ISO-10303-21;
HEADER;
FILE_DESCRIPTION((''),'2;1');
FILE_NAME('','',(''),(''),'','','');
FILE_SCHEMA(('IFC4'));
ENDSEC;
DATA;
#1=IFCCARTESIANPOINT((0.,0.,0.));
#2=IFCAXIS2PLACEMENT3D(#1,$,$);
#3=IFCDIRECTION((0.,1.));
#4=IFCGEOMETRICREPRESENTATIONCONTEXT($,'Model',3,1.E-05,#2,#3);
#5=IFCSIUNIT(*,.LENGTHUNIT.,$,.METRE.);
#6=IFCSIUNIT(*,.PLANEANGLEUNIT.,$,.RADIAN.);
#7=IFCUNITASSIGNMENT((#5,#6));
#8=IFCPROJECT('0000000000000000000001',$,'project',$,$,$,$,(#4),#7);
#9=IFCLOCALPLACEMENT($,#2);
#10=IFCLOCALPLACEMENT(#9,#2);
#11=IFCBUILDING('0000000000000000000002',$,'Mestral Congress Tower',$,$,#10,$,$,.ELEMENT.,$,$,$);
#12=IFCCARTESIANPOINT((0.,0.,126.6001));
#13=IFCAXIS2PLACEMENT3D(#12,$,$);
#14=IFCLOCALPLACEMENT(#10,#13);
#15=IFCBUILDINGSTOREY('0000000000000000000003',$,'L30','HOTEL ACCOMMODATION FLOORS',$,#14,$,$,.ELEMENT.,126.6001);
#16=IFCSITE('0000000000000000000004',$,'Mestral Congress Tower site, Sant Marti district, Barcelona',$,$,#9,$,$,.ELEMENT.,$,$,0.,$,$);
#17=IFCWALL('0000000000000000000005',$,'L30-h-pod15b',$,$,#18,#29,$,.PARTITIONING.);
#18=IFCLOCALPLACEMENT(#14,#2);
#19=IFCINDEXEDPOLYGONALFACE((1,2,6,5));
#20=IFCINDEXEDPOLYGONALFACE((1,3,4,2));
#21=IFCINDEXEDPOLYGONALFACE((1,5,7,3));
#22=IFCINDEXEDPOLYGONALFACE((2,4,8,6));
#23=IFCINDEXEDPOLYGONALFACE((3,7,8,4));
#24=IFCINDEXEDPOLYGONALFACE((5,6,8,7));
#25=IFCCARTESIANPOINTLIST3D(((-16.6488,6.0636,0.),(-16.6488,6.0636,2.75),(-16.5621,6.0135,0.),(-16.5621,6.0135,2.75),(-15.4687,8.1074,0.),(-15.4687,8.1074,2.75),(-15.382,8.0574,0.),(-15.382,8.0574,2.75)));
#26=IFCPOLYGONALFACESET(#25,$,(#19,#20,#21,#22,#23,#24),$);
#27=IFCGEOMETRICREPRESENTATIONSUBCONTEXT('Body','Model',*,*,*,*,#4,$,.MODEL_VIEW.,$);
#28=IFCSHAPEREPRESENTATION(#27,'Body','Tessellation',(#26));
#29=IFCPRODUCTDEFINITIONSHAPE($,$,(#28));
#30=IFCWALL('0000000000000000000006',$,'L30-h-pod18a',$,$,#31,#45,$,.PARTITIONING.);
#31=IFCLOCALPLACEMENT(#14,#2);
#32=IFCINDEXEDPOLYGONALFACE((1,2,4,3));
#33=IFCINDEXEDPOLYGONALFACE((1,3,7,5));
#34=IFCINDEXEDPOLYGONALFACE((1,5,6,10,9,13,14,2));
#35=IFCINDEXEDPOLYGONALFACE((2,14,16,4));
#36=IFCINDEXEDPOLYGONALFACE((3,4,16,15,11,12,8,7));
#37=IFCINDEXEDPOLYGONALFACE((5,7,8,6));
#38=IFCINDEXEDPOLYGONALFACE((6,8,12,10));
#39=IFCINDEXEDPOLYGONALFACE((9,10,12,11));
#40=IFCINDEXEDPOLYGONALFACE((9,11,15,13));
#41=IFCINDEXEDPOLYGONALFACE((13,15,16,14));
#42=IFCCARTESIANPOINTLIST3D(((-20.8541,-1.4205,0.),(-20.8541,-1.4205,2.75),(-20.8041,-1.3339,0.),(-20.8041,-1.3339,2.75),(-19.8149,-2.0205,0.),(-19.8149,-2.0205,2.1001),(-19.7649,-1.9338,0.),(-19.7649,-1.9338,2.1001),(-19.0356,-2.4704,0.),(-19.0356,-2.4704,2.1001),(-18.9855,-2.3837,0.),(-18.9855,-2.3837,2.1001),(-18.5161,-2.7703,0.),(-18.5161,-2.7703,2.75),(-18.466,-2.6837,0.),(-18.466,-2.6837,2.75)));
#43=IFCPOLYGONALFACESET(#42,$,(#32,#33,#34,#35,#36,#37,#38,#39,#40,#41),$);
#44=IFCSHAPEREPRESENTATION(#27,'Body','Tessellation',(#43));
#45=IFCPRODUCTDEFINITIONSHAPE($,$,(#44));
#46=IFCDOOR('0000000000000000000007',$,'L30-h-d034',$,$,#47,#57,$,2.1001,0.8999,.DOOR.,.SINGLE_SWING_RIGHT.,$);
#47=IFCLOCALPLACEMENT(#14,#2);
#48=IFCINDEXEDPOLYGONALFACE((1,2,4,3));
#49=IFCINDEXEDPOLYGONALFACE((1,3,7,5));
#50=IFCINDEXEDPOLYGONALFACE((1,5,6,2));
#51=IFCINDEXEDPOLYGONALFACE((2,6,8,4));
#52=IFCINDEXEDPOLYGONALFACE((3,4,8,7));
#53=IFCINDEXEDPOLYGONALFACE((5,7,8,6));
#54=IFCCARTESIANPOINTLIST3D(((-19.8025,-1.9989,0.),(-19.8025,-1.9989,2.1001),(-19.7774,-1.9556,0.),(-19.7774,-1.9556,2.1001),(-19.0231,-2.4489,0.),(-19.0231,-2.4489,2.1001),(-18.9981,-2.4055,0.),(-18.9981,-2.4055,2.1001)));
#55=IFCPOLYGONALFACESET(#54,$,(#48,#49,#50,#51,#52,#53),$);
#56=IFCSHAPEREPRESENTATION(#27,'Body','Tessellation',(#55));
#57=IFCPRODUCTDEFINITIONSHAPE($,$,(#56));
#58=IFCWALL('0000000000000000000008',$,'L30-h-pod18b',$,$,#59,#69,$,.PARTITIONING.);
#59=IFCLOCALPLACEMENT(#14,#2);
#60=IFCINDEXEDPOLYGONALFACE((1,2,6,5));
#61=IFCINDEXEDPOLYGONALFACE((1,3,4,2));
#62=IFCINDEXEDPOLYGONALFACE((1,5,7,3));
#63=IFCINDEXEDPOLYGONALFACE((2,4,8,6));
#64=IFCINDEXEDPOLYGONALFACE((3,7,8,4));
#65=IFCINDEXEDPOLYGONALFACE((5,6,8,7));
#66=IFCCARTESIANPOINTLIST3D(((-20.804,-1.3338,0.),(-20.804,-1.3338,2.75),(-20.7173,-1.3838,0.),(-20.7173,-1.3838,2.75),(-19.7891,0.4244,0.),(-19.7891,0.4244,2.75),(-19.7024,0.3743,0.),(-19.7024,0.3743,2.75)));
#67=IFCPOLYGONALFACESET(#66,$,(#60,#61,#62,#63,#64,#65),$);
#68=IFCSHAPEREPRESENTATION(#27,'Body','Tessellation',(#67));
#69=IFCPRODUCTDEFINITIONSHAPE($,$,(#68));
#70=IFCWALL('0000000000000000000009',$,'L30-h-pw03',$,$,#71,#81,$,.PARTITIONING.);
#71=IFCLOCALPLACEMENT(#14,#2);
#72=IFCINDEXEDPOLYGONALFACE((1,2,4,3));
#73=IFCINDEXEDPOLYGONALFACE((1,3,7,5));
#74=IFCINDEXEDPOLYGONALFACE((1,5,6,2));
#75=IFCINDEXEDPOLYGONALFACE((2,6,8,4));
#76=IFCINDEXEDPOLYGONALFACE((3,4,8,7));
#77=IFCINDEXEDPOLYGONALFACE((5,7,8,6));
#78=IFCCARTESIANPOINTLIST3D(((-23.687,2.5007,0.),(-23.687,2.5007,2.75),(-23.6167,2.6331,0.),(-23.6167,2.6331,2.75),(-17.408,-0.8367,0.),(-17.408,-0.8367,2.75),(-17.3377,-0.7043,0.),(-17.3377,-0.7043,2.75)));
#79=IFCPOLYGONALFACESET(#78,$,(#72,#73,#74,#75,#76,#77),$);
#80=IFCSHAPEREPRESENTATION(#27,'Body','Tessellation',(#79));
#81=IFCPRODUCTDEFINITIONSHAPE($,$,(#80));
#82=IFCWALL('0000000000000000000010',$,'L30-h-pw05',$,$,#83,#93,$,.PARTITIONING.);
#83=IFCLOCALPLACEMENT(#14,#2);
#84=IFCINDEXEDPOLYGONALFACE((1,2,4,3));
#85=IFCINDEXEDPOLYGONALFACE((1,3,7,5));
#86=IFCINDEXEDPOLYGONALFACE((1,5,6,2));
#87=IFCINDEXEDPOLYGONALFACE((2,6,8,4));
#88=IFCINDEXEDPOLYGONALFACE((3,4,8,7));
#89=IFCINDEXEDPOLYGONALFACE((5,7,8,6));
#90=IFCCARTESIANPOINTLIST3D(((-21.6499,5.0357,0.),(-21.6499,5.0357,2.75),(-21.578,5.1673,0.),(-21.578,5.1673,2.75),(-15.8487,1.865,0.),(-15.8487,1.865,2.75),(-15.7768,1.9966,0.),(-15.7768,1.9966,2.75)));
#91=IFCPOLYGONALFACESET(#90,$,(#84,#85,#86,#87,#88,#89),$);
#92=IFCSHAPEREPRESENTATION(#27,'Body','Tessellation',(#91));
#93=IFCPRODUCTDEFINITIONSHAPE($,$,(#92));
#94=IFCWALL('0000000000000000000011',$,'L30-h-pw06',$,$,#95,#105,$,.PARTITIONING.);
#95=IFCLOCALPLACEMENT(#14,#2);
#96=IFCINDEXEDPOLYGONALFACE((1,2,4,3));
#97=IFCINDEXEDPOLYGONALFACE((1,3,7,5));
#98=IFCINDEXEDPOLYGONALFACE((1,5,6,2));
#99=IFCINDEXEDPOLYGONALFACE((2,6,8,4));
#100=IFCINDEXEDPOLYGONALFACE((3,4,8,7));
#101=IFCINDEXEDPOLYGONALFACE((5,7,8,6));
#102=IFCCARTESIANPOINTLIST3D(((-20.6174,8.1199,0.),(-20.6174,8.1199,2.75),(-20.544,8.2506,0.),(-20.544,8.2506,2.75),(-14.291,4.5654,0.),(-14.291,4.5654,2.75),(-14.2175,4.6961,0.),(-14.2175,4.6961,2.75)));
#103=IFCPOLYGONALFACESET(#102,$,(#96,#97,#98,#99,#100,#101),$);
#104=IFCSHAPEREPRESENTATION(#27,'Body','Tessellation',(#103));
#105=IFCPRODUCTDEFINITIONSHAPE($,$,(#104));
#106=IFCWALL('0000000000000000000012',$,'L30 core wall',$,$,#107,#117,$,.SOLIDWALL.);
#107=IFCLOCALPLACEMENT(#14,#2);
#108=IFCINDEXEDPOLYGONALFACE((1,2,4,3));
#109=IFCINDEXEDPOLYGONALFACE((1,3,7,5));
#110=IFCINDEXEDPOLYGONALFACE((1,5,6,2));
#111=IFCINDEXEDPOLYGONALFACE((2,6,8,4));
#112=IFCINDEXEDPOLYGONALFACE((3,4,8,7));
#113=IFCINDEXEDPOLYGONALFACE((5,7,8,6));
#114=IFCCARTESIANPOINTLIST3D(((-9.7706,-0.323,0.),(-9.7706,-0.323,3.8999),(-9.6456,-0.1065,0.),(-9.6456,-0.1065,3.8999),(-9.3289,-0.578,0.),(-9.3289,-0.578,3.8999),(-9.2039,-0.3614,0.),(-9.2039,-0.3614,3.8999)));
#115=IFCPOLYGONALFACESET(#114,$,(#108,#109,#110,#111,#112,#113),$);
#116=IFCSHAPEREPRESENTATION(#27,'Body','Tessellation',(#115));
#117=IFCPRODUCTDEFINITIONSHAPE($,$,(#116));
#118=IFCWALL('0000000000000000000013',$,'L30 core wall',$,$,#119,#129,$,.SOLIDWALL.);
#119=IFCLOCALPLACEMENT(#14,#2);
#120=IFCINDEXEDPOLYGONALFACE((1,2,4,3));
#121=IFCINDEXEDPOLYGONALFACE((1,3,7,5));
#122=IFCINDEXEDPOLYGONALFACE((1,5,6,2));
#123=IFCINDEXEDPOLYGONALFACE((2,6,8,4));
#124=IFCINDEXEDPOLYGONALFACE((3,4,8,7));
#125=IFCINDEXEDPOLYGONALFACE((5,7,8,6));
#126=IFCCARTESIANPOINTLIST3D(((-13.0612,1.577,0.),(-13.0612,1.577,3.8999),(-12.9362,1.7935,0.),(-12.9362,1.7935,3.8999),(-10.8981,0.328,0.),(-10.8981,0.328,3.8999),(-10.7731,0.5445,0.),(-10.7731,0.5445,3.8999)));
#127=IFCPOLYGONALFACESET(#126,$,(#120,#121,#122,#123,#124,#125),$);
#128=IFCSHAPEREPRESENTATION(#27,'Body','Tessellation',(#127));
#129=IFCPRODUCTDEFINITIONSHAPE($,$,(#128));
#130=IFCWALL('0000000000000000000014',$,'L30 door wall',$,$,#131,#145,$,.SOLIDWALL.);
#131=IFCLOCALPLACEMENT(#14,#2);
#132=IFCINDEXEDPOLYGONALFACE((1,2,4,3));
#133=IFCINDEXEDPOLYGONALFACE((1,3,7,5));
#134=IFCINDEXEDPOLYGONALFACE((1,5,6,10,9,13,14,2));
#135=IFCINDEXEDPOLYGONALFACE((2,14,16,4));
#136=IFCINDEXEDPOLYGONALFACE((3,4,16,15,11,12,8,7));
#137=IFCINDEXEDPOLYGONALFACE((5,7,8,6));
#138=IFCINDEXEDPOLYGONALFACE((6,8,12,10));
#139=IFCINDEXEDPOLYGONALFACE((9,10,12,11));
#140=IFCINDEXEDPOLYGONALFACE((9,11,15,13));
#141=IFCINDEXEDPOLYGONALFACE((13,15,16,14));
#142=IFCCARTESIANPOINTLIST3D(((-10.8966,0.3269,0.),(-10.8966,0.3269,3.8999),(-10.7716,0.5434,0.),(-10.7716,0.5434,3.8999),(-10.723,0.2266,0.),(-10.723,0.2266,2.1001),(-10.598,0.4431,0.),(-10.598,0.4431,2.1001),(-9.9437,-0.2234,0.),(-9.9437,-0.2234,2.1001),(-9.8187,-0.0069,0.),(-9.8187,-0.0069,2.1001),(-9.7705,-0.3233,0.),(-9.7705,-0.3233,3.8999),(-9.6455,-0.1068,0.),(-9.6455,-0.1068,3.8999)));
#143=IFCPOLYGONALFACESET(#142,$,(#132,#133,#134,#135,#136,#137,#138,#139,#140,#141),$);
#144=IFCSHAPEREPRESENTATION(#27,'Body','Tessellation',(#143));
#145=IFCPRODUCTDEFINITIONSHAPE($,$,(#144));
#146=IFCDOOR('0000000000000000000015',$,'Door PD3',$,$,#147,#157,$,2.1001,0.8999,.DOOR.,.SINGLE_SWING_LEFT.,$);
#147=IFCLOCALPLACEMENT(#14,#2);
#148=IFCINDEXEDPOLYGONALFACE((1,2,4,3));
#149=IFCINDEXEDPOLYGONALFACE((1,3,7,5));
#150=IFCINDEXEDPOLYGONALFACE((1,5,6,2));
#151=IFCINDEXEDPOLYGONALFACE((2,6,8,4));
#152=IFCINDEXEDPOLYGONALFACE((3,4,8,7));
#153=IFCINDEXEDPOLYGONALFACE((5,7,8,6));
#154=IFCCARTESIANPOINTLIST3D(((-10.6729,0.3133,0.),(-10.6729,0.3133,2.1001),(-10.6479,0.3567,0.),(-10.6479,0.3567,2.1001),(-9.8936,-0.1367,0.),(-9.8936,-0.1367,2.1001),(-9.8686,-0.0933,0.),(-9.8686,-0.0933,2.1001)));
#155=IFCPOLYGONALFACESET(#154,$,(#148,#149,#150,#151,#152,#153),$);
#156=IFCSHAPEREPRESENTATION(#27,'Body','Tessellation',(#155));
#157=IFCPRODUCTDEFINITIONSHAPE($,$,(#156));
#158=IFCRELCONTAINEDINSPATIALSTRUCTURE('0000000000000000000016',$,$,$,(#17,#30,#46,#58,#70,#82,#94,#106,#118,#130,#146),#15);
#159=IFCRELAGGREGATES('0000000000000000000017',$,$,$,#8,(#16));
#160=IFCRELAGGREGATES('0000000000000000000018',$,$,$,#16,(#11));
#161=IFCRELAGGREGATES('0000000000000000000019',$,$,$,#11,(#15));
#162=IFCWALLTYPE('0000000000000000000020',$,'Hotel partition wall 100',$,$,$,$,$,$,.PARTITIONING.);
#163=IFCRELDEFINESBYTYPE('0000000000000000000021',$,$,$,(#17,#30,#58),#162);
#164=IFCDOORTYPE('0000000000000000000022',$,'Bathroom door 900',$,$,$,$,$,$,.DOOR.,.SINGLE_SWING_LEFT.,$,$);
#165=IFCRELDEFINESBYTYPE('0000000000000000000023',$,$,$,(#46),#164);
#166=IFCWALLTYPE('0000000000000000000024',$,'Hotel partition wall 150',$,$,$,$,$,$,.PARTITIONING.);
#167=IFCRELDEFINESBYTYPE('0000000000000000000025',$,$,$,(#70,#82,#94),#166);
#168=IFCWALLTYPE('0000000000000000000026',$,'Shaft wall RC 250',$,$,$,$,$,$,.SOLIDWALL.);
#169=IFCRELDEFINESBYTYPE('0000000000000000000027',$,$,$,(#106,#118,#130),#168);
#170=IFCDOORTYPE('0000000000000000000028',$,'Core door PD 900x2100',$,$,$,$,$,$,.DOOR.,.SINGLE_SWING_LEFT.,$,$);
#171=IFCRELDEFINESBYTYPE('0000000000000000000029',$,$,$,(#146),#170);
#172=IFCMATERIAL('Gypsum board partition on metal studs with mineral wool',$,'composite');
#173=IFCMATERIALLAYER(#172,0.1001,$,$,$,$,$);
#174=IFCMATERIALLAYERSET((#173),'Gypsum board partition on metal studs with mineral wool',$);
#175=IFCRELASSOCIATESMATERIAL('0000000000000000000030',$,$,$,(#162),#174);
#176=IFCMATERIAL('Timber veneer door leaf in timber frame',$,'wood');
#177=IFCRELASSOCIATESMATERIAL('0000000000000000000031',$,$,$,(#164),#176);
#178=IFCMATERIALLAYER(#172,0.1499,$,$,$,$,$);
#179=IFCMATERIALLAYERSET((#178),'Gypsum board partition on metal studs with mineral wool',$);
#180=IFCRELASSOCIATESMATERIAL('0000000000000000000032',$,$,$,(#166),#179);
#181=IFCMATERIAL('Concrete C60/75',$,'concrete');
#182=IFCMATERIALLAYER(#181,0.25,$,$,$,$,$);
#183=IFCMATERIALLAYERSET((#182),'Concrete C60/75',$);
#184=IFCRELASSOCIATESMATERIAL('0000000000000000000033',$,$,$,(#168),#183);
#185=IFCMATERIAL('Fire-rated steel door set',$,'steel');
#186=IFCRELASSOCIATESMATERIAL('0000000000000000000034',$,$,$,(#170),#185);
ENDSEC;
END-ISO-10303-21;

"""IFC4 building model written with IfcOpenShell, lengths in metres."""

from ifc_helpers import new_model, si_unit, direction, frame, frame_2d, origin, place, context, subcontext, project, spatial, rectangle, extrude, material, layer, layer_set, type_object, element, fill, save


model = new_model("IFC4")

# Units and contexts
model_context = context("Model", 3, precision=1e-05, world=origin(), true_north=direction((0.0, 1.0)))
body_context = subcontext(model_context, "Body", "Model", "MODEL_VIEW")
ifc_project = project(units=[si_unit("LENGTHUNIT", "METRE"), si_unit("PLANEANGLEUNIT", "RADIAN")], contexts=[model_context])

# Site, building, storey
site_placement = place(None, origin())
site = spatial("IfcSite", under=ifc_project, at=site_placement, Name="Mestral Congress Tower site, Sant Marti district, Barcelona", CompositionType="ELEMENT", RefElevation=0.0)
building_placement = place(site_placement, origin())
building = spatial("IfcBuilding", under=site, at=building_placement, Name="Mestral Congress Tower", CompositionType="ELEMENT")
storey_placement = place(building_placement, frame((0.0, 0.0, 126.6001)))
storey = spatial("IfcBuildingStorey", under=building, at=storey_placement, Name="L30", Description="HOTEL ACCOMMODATION FLOORS", CompositionType="ELEMENT", Elevation=126.6001)

# Shared definitions
ifc_material_1 = material(Name="Concrete C60/75", Category="concrete")

# Shared definitions
ifc_material_2 = material(Name="Fire-rated steel door set", Category="steel")

# Shared definitions
ifc_material_3 = material(Name="Gypsum board partition on metal studs with mineral wool", Category="composite")
ifc_layer_1 = layer(ifc_material_3, 0.1001)
ifc_layer_set_1 = layer_set([ifc_layer_1], Name="Gypsum board partition on metal studs with mineral wool")
wall_type_1 = type_object("IfcWallType", Name="Hotel partition wall 100", PredefinedType="PARTITIONING", material=ifc_layer_set_1)
ifc_material_4 = material(Name="Timber veneer door leaf in timber frame", Category="wood")
door_type_1 = type_object("IfcDoorType", Name="Bathroom door 900", OperationType="SINGLE_SWING_LEFT", PredefinedType="DOOR", material=ifc_material_4)

# Wall
wall_1_placement = place(storey_placement, frame((-15.4253, 8.0825, 0.0), z_axis=(0.0, 0.0, 1.0), x_axis=(-0.500033, -0.866006, 0.0)))
element("IfcWall", 1, at=wall_1_placement, inside=storey, type_object=wall_type_1, Name="L30-h-pod15b", PredefinedType="PARTITIONING", context=body_context, shape_type="SweptSolid", body=[
    extrude(rectangle(XDim=2.3601, YDim=0.1001, at=frame_2d((1.1802, 0.0))), origin(), (0.0, 0.0, 1.0), 2.75),
])

# Wall, opening, door
wall_2_placement = place(storey_placement, frame((-20.8291, -1.3772, 0.0), z_axis=(0.0, 0.0, 1.0), x_axis=(0.866037, -0.499981, 0.0)))
wall_2 = element("IfcWall", 2, at=wall_2_placement, inside=storey, type_object=wall_type_1, Name="L30-h-pod18a", PredefinedType="PARTITIONING", context=body_context, shape_type="SweptSolid", body=[
    extrude(rectangle(XDim=2.6997, YDim=0.1001, at=frame_2d((1.3499, 0.0))), origin(), (0.0, 0.0, 1.0), 2.75),
])
opening_1_placement = place(wall_2_placement, frame((1.2, 0.0, 0.0)))
opening_1 = element("IfcOpeningElement", 3, at=opening_1_placement, cuts=wall_2, PredefinedType="OPENING", context=body_context, shape_type="SweptSolid", body=[
    extrude(rectangle(XDim=0.8999, YDim=2.1001, at=frame_2d((0.45, 1.05))), frame((0.0, 0.0601, 0.0), z_axis=(0.0, -1.0, 0.0), x_axis=(1.0, 0.0, 0.0)), (0.0, 0.0, 1.0), 0.1201),
])
door_1_placement = place(opening_1_placement, origin())
door_1 = element("IfcDoor", 4, at=door_1_placement, inside=storey, type_object=door_type_1, Name="L30-h-d034", OperationType="SINGLE_SWING_RIGHT", OverallHeight=2.1001, OverallWidth=0.8999, PredefinedType="DOOR", context=body_context, shape_type="SweptSolid", body=[
    extrude(rectangle(XDim=0.8999, YDim=2.1001, at=frame_2d((0.45, 1.05))), frame((0.0, 0.0249, 0.0), z_axis=(0.0, -1.0, 0.0), x_axis=(1.0, 0.0, 0.0)), (0.0, 0.0, 1.0), 0.05),
])
fill(opening_1, door_1)

# Walls
wall_3_placement = place(storey_placement, frame((-20.7607, -1.3589, 0.0), z_axis=(0.0, 0.0, 1.0), x_axis=(0.499955, 0.866051, 0.0)))
element("IfcWall", 5, at=wall_3_placement, inside=storey, type_object=wall_type_1, Name="L30-h-pod18b", PredefinedType="PARTITIONING", context=body_context, shape_type="SweptSolid", body=[
    extrude(rectangle(XDim=2.03, YDim=0.1001, at=frame_2d((1.0151, 0.0))), origin(), (0.0, 0.0, 1.0), 2.75),
])
ifc_layer_2 = layer(ifc_material_3, 0.1499)
ifc_layer_set_2 = layer_set([ifc_layer_2], Name="Gypsum board partition on metal studs with mineral wool")
wall_type_2 = type_object("IfcWallType", Name="Hotel partition wall 150", PredefinedType="PARTITIONING", material=ifc_layer_set_2)
wall_4_placement = place(storey_placement, frame((-23.6519, 2.5669, 0.0), z_axis=(0.0, 0.0, 1.0), x_axis=(0.883019, -0.469337, 0.0)))
element("IfcWall", 6, at=wall_4_placement, inside=storey, type_object=wall_type_2, Name="L30-h-pw03", PredefinedType="PARTITIONING", context=body_context, shape_type="SweptSolid", body=[
    extrude(rectangle(XDim=7.1108, YDim=0.1499, at=frame_2d((3.5554, 0.0))), origin(), (0.0, 0.0, 1.0), 2.75),
])
wall_5_placement = place(storey_placement, frame((-21.614, 5.1016, 0.0), z_axis=(0.0, 0.0, 1.0), x_axis=(0.877485, -0.479605, 0.0)))
element("IfcWall", 7, at=wall_5_placement, inside=storey, type_object=wall_type_2, Name="L30-h-pw05", PredefinedType="PARTITIONING", context=body_context, shape_type="SweptSolid", body=[
    extrude(rectangle(XDim=6.6111, YDim=0.1499, at=frame_2d((3.3057, 0.0))), origin(), (0.0, 0.0, 1.0), 2.75),
])
wall_6_placement = place(storey_placement, frame((-20.5808, 8.1853, 0.0), z_axis=(0.0, 0.0, 1.0), x_axis=(0.871821, -0.489825, 0.0)))
element("IfcWall", 8, at=wall_6_placement, inside=storey, type_object=wall_type_2, Name="L30-h-pw06", PredefinedType="PARTITIONING", context=body_context, shape_type="SweptSolid", body=[
    extrude(rectangle(XDim=7.2566, YDim=0.1499, at=frame_2d((3.6284, 0.0))), origin(), (0.0, 0.0, 1.0), 2.75),
])
ifc_layer_3 = layer(ifc_material_1, 0.25)
ifc_layer_set_3 = layer_set([ifc_layer_3], Name="Concrete C60/75")
wall_type_3 = type_object("IfcWallType", Name="Shaft wall RC 250", PredefinedType="SOLIDWALL", material=ifc_layer_set_3)
wall_7_placement = place(storey_placement, frame((-9.708, -0.2148, 0.0), z_axis=(0.0, 0.0, 1.0), x_axis=(0.866114, -0.499847, 0.0)))
element("IfcWall", 9, at=wall_7_placement, inside=storey, type_object=wall_type_3, Name="L30 core wall", PredefinedType="SOLIDWALL", context=body_context, shape_type="SweptSolid", body=[
    extrude(rectangle(XDim=0.51, YDim=0.25, at=frame_2d((0.2549, 0.0))), origin(), (0.0, 0.0, 1.0), 3.8999),
])
wall_8_placement = place(storey_placement, frame((-12.9988, 1.6853, 0.0), z_axis=(0.0, 0.0, 1.0), x_axis=(0.865997, -0.50005, 0.0)))
element("IfcWall", 10, at=wall_8_placement, inside=storey, type_object=wall_type_3, Name="L30 core wall", PredefinedType="SOLIDWALL", context=body_context, shape_type="SweptSolid", body=[
    extrude(rectangle(XDim=2.4978, YDim=0.25, at=frame_2d((1.249, 0.0))), origin(), (0.0, 0.0, 1.0), 3.8999),
])

# Wall, opening, door
wall_9_placement = place(storey_placement, frame((-9.708, -0.2151, 0.0), z_axis=(0.0, 0.0, 1.0), x_axis=(-0.866004, 0.500037, 0.0)))
wall_9 = element("IfcWall", 11, at=wall_9_placement, inside=storey, type_object=wall_type_3, Name="L30 door wall", PredefinedType="SOLIDWALL", context=body_context, shape_type="SweptSolid", body=[
    extrude(rectangle(XDim=1.3003, YDim=0.25, at=frame_2d((0.6501, 0.0))), origin(), (0.0, 0.0, 1.0), 3.8999),
])
opening_2_placement = place(wall_9_placement, frame((0.2, 0.0, 0.0)))
opening_2 = element("IfcOpeningElement", 12, at=opening_2_placement, cuts=wall_9, PredefinedType="OPENING", context=body_context, shape_type="SweptSolid", body=[
    extrude(rectangle(XDim=0.8999, YDim=2.1001, at=frame_2d((0.45, 1.05))), frame((0.0, 0.135, 0.0), z_axis=(0.0, -1.0, 0.0), x_axis=(1.0, 0.0, 0.0)), (0.0, 0.0, 1.0), 0.27),
])
door_type_2 = type_object("IfcDoorType", Name="Core door PD 900x2100", OperationType="SINGLE_SWING_LEFT", PredefinedType="DOOR", material=ifc_material_2)
door_2_placement = place(opening_2_placement, origin())
door_2 = element("IfcDoor", 13, at=door_2_placement, inside=storey, type_object=door_type_2, Name="Door PD3", OperationType="SINGLE_SWING_LEFT", OverallHeight=2.1001, OverallWidth=0.8999, PredefinedType="DOOR", context=body_context, shape_type="SweptSolid", body=[
    extrude(rectangle(XDim=0.8999, YDim=2.1001, at=frame_2d((0.45, 1.05))), frame((0.0, 0.0249, 0.0), z_axis=(0.0, -1.0, 0.0), x_axis=(1.0, 0.0, 0.0)), (0.0, 0.0, 1.0), 0.05),
])
fill(opening_2, door_2)

save(model, "model.ifc")
